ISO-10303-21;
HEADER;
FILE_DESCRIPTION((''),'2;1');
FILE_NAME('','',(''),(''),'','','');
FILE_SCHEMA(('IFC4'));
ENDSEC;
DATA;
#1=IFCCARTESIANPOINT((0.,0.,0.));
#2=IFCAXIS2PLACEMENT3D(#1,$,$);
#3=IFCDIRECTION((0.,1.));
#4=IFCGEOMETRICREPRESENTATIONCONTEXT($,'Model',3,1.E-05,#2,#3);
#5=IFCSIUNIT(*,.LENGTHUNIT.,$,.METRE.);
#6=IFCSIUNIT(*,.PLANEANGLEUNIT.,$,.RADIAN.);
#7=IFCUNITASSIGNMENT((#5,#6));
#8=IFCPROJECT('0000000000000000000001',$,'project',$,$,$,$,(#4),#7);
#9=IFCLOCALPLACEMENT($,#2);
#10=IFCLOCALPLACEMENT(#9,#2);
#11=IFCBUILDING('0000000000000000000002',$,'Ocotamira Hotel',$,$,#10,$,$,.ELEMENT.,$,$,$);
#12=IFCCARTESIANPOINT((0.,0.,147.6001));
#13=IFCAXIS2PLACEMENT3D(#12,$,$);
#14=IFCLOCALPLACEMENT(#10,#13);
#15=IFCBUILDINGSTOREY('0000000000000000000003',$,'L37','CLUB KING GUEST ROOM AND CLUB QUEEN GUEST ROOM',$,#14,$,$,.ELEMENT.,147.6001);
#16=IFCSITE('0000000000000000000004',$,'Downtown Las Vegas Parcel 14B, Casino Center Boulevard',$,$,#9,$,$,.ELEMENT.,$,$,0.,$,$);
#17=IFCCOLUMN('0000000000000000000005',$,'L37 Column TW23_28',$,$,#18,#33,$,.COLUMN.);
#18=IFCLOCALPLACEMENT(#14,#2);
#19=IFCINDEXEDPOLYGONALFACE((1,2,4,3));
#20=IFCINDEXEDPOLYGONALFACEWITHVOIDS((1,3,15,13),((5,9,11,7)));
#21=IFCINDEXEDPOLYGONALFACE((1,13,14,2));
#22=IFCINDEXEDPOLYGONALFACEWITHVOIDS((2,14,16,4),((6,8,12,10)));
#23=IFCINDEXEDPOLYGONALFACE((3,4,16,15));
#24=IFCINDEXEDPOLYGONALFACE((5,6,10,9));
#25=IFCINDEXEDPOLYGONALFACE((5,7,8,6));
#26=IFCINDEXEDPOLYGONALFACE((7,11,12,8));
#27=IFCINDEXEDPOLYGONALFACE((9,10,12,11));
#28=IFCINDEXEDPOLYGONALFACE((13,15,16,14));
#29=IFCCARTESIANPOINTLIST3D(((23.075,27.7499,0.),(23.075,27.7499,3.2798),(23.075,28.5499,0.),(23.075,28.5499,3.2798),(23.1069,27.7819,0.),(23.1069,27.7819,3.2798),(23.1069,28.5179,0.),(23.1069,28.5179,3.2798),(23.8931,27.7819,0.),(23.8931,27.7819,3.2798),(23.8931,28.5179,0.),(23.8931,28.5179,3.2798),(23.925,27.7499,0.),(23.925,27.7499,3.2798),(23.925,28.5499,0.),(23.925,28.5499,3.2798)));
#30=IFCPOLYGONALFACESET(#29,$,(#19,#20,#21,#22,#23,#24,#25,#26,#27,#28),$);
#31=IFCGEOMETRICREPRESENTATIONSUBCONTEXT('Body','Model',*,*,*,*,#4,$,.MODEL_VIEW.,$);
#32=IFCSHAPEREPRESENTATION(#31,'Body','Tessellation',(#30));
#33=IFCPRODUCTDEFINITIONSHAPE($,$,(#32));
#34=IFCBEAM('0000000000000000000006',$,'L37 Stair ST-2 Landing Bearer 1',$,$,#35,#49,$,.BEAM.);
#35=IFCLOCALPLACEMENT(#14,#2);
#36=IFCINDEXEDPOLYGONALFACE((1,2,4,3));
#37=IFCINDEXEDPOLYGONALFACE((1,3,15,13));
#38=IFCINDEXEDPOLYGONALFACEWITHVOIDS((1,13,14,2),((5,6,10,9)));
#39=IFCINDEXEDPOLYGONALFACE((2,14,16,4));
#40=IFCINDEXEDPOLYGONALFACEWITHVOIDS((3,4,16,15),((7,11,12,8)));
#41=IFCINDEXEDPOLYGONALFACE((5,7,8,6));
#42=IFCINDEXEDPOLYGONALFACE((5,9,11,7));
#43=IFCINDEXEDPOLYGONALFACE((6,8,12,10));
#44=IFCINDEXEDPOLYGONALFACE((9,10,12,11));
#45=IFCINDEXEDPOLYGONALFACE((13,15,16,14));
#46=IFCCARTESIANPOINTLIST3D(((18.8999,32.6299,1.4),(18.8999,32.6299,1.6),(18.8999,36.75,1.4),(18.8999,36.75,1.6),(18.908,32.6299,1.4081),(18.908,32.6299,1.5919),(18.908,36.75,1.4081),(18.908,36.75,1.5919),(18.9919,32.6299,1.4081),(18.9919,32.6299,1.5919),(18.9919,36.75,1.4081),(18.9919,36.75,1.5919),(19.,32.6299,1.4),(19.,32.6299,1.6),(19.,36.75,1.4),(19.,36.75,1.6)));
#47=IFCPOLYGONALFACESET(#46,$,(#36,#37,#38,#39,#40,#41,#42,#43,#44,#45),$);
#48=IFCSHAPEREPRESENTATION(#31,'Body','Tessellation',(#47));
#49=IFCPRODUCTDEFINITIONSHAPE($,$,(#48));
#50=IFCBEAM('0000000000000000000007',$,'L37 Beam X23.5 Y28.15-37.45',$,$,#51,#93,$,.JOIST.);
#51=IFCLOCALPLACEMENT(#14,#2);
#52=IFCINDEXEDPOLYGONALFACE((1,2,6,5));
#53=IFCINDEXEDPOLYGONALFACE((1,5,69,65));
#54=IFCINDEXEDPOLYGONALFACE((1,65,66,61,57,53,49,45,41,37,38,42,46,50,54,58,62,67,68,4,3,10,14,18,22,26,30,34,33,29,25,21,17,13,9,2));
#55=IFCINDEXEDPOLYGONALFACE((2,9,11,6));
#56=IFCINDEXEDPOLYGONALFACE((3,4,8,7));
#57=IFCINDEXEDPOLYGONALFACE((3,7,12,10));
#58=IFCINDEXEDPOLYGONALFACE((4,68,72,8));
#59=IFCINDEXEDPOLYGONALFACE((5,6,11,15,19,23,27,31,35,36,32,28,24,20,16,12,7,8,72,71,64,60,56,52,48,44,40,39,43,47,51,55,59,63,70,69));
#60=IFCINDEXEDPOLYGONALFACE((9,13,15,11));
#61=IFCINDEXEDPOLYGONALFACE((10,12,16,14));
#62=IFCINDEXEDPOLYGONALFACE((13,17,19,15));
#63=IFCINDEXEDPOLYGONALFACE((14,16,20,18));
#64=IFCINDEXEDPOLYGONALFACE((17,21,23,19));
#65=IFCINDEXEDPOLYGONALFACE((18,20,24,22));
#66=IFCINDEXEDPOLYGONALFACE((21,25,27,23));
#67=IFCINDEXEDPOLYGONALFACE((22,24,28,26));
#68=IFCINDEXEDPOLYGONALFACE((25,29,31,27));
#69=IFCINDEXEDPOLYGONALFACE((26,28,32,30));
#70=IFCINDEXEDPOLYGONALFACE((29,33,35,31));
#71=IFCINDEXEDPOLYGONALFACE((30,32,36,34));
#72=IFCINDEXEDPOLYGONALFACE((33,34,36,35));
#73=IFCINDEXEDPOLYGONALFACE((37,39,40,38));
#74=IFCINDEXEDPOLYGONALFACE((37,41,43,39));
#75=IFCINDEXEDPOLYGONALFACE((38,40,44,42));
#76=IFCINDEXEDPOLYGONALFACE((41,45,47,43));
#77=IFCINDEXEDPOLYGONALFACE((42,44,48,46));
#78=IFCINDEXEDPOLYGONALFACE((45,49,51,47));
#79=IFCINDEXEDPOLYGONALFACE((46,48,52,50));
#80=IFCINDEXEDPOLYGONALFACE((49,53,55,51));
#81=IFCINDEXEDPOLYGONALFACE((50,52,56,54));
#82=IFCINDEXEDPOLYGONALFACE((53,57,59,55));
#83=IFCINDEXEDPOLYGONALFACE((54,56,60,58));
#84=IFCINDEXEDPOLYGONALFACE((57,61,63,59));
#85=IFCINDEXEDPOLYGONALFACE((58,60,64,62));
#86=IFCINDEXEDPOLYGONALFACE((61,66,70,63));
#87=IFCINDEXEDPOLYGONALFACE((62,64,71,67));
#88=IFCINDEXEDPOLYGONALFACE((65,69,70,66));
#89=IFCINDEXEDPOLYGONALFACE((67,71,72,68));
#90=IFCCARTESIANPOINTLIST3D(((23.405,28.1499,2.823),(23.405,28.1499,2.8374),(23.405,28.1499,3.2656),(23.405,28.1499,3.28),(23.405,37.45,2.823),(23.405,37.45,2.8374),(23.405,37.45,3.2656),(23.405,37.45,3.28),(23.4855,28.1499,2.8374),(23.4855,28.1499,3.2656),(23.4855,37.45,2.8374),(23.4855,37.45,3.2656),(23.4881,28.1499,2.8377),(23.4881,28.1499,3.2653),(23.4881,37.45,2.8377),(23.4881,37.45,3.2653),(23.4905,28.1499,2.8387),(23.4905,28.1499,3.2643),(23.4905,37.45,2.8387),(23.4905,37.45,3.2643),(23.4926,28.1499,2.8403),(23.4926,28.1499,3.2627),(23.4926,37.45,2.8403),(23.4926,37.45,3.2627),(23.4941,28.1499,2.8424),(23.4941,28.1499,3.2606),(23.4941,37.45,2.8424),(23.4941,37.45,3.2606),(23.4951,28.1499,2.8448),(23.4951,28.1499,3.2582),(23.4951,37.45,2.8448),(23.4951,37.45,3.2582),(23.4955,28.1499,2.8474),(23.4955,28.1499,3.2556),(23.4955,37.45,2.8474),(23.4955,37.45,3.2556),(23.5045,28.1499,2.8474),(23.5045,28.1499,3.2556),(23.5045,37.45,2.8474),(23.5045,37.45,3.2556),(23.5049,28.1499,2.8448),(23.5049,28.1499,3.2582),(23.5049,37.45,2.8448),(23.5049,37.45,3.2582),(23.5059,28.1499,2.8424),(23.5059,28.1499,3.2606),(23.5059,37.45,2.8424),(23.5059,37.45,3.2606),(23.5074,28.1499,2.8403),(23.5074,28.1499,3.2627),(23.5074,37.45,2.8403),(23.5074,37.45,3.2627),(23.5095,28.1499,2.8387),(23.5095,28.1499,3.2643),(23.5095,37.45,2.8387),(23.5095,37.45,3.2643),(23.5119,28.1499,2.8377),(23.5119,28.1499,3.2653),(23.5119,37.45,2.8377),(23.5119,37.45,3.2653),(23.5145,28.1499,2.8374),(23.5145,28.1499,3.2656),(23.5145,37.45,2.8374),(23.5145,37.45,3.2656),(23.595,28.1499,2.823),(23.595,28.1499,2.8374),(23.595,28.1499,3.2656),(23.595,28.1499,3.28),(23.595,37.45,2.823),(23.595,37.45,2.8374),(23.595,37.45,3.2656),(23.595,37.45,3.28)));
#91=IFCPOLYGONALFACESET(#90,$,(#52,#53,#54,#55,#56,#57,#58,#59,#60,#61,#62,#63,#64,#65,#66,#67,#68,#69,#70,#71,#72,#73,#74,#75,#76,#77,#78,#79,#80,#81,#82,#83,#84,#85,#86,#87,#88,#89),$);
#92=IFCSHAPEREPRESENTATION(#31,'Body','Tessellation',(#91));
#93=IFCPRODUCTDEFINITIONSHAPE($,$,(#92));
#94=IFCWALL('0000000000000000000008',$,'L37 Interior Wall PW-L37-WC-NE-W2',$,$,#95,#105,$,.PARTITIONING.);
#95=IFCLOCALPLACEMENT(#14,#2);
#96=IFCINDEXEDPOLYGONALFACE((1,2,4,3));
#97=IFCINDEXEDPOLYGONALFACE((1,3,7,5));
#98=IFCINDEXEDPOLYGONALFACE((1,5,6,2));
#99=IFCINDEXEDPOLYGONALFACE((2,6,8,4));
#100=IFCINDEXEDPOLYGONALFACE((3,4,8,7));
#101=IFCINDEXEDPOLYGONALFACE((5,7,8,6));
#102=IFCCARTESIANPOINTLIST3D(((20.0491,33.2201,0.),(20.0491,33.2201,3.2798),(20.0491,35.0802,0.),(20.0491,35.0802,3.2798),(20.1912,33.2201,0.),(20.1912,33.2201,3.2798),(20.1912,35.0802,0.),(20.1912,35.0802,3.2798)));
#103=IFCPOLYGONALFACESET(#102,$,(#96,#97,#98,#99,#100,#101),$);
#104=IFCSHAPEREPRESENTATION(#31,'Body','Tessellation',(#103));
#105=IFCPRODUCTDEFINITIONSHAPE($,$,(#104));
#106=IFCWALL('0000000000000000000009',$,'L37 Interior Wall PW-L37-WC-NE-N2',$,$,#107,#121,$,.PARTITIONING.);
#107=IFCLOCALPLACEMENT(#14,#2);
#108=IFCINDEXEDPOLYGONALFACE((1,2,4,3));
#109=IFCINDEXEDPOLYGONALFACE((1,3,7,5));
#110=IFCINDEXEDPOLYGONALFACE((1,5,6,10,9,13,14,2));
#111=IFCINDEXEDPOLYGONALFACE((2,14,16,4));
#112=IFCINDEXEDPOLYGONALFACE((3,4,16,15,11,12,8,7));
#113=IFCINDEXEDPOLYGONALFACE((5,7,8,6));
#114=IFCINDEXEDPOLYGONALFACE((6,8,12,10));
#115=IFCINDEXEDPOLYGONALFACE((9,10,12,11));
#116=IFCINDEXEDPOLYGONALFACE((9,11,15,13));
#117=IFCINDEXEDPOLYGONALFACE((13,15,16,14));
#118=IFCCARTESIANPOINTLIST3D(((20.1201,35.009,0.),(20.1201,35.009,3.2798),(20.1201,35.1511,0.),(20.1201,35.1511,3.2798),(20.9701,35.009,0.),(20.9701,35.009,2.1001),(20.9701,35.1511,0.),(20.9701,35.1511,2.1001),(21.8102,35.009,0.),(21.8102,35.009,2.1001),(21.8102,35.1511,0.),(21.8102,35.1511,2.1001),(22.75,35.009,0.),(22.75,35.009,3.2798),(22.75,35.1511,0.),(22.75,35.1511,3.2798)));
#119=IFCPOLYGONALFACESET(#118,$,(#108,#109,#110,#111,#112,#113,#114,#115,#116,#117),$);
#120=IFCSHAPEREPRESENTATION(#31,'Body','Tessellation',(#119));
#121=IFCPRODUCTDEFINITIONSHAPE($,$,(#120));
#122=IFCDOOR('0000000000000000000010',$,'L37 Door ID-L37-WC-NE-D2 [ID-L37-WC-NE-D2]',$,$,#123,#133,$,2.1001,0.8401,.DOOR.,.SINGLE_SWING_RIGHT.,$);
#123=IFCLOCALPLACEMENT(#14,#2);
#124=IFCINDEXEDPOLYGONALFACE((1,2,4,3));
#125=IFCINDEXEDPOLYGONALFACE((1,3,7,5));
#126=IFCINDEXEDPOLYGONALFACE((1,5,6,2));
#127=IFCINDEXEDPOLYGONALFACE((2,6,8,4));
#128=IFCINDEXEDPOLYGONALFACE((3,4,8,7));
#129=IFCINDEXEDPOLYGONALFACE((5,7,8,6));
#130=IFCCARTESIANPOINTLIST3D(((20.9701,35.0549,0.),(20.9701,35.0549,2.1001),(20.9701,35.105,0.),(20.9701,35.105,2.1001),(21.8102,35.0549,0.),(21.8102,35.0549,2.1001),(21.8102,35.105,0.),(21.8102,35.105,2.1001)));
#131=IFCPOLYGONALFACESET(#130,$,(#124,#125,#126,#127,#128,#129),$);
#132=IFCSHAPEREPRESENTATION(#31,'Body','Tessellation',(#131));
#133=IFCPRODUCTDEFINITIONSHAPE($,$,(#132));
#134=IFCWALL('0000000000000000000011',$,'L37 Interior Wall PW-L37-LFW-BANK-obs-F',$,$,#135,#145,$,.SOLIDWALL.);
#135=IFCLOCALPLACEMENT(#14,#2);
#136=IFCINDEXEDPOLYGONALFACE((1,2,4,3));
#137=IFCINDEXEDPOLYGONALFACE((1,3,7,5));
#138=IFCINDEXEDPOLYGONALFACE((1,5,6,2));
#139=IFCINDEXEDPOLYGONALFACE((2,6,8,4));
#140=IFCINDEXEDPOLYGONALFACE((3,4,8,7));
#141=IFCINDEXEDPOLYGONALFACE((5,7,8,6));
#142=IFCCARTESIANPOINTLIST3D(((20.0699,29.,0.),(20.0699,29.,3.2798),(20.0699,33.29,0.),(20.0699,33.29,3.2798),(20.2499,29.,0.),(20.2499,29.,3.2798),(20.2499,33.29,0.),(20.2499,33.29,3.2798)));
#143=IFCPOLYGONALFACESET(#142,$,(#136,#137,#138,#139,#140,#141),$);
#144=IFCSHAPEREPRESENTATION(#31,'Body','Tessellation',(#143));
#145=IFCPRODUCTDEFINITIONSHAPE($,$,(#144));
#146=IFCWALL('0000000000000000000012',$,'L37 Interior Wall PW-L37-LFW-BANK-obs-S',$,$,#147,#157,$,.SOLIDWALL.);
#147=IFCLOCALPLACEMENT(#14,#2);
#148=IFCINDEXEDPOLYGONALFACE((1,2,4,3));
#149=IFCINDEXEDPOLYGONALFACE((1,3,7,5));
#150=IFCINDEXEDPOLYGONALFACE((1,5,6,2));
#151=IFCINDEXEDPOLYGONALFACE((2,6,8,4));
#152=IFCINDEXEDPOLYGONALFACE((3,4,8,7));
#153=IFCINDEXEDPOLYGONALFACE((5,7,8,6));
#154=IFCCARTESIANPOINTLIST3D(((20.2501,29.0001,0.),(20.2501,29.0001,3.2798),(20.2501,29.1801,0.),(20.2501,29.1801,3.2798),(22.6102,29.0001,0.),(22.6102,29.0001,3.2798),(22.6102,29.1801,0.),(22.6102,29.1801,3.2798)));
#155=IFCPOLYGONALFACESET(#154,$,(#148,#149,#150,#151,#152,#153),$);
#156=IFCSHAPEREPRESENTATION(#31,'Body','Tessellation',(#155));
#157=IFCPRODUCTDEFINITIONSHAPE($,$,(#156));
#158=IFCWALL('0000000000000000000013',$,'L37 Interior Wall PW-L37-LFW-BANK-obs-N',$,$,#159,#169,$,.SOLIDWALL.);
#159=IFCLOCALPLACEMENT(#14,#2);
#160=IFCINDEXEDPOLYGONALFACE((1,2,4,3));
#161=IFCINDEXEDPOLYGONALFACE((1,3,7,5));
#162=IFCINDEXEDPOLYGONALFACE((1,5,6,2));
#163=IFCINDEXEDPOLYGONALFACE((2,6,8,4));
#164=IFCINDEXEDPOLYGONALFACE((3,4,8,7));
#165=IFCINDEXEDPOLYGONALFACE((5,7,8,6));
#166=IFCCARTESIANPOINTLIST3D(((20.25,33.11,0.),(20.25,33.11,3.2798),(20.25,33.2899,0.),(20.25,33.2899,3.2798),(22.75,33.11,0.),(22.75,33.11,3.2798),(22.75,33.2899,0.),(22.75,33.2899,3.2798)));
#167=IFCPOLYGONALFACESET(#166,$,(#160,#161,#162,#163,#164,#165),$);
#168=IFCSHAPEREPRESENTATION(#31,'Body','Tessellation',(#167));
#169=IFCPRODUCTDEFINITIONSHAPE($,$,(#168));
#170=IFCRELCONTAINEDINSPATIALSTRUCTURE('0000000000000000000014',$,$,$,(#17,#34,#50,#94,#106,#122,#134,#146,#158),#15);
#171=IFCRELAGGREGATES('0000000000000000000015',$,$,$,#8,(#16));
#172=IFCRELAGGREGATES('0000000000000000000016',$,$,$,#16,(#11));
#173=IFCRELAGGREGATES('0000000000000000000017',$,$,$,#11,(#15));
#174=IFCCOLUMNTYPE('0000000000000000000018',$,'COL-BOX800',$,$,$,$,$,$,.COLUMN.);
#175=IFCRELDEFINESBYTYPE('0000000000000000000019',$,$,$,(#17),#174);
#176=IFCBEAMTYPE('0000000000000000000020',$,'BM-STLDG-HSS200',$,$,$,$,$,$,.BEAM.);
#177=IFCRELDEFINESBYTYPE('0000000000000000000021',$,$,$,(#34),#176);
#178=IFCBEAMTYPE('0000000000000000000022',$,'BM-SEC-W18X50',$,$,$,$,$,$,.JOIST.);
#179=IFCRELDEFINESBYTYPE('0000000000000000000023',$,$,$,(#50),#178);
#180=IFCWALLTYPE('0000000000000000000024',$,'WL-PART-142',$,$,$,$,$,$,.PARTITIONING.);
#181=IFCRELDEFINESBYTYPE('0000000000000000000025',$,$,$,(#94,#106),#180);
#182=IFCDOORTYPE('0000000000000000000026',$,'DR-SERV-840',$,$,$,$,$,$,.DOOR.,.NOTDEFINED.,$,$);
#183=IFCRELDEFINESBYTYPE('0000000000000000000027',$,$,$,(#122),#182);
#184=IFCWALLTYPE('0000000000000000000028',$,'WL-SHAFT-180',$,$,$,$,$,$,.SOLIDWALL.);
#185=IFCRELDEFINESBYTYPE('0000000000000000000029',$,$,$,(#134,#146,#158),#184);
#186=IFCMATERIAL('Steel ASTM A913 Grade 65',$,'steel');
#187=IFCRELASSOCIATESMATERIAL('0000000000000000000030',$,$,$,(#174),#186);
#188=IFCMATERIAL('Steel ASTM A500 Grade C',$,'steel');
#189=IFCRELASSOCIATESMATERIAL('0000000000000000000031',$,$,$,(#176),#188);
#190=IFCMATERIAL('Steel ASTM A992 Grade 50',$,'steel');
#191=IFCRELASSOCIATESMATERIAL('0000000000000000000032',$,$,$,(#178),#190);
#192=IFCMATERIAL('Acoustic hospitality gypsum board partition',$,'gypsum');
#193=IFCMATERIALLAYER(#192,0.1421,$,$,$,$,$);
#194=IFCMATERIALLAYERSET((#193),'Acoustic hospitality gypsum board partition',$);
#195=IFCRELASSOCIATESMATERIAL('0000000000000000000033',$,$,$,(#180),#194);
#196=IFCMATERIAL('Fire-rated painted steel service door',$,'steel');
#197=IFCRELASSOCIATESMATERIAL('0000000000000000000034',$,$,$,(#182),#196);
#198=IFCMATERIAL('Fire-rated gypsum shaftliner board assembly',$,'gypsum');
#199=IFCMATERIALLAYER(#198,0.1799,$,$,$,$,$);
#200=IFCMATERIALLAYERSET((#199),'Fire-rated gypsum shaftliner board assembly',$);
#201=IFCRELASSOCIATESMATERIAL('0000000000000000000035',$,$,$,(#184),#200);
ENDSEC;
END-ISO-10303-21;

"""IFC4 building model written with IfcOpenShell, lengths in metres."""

from ifc_helpers import new_model, si_unit, direction, frame, frame_2d, origin, origin_2d, place, context, subcontext, project, spatial, rectangle, hollow_rectangle, i_section, extrude, source, transform, mapped, material, layer, layer_set, material_profile, profile_set, type_object, element, fill, save


model = new_model("IFC4")

# Units and contexts
model_context = context("Model", 3, precision=1e-05, world=origin(), true_north=direction((0.0, 1.0)))
body_context = subcontext(model_context, "Body", "Model", "MODEL_VIEW")
ifc_project = project(units=[si_unit("LENGTHUNIT", "METRE"), si_unit("PLANEANGLEUNIT", "RADIAN")], contexts=[model_context])

# Site, building, storey
site_placement = place(None, origin())
site = spatial("IfcSite", under=ifc_project, at=site_placement, Name="Downtown Las Vegas Parcel 14B, Casino Center Boulevard", CompositionType="ELEMENT", RefElevation=0.0)
building_placement = place(site_placement, origin())
building = spatial("IfcBuilding", under=site, at=building_placement, Name="Ocotamira Hotel", CompositionType="ELEMENT")
storey_placement = place(building_placement, frame((0.0, 0.0, 147.6001)))
storey = spatial("IfcBuildingStorey", under=building, at=storey_placement, Name="L37", Description="CLUB KING GUEST ROOM AND CLUB QUEEN GUEST ROOM", CompositionType="ELEMENT", Elevation=147.6001)

# Column
ifc_material_1 = material(Name="Steel ASTM A913 Grade 65", Category="steel")
ifc_material_profile_1 = material_profile(ifc_material_1, hollow_rectangle(XDim=0.8501, YDim=0.8, WallThickness=0.032, at=origin_2d()), Name="BOX800X850X32")
ifc_profile_set_1 = profile_set([ifc_material_profile_1], Name="Steel ASTM A913 Grade 65")
column_type = type_object("IfcColumnType", Name="COL-BOX800", PredefinedType="COLUMN", material=ifc_profile_set_1)
shared_shape_1 = source(origin(), body_context, "Body", "SweptSolid", [
    extrude(hollow_rectangle(XDim=0.8501, YDim=0.8, WallThickness=0.032, at=origin_2d()), origin(), (0.0, 0.0, 1.0), 3.2798),
])
column_placement = place(storey_placement, frame((23.5, 28.1499, 0.0), z_axis=(0.0, 0.0, 1.0), x_axis=(1.0, 0.0, 0.0)))
element("IfcColumn", 1, at=column_placement, inside=storey, type_object=column_type, Name="L37 Column TW23_28", PredefinedType="COLUMN", context=body_context, shape_type="MappedRepresentation", body=[
    mapped(shared_shape_1, transform((0.0, 0.0, 0.0), scale=1.0)),
])

# Beams
ifc_material_2 = material(Name="Steel ASTM A500 Grade C", Category="steel")
ifc_material_profile_2 = material_profile(ifc_material_2, hollow_rectangle(XDim=0.1001, YDim=0.2, WallThickness=0.0081, at=origin_2d()), Name="HSS200X100X8")
ifc_profile_set_2 = profile_set([ifc_material_profile_2], Name="Steel ASTM A500 Grade C")
beam_type_1 = type_object("IfcBeamType", Name="BM-STLDG-HSS200", PredefinedType="BEAM", material=ifc_profile_set_2)
shared_shape_2 = source(origin(), body_context, "Body", "SweptSolid", [
    extrude(hollow_rectangle(XDim=0.1001, YDim=0.2, WallThickness=0.0081, at=origin_2d()), origin(), (0.0, 0.0, 1.0), 4.1201),
])
beam_1_placement = place(storey_placement, frame((18.95, 32.6299, 1.5), z_axis=(0.0, 1.0, 0.0), x_axis=(-1.0, 0.0, 0.0)))
element("IfcBeam", 2, at=beam_1_placement, inside=storey, type_object=beam_type_1, Name="L37 Stair ST-2 Landing Bearer 1", PredefinedType="BEAM", context=body_context, shape_type="MappedRepresentation", body=[
    mapped(shared_shape_2, transform((0.0, 0.0, 0.0), scale=1.0)),
])
ifc_material_3 = material(Name="Steel ASTM A992 Grade 50", Category="steel")
ifc_material_profile_3 = material_profile(ifc_material_3, i_section(OverallWidth=0.1899, OverallDepth=0.457, WebThickness=0.009, FlangeThickness=0.0144, FilletRadius=0.01, at=origin_2d()), Name="W18X50")
ifc_profile_set_3 = profile_set([ifc_material_profile_3], Name="Steel ASTM A992 Grade 50")
beam_type_2 = type_object("IfcBeamType", Name="BM-SEC-W18X50", PredefinedType="JOIST", material=ifc_profile_set_3)
shared_shape_3 = source(origin(), body_context, "Body", "SweptSolid", [
    extrude(i_section(OverallWidth=0.1899, OverallDepth=0.457, WebThickness=0.009, FlangeThickness=0.0144, FilletRadius=0.01, at=origin_2d()), origin(), (0.0, 0.0, 1.0), 9.3),
])
beam_2_placement = place(storey_placement, frame((23.5, 28.1499, 3.0515), z_axis=(0.0, 1.0, 0.0), x_axis=(-1.0, 0.0, 0.0)))
element("IfcBeam", 3, at=beam_2_placement, inside=storey, type_object=beam_type_2, Name="L37 Beam X23.5 Y28.15-37.45", PredefinedType="JOIST", context=body_context, shape_type="MappedRepresentation", body=[
    mapped(shared_shape_3, transform((0.0, 0.0, 0.0), scale=1.0)),
])

# Wall
ifc_material_4 = material(Name="Acoustic hospitality gypsum board partition", Category="gypsum")
ifc_layer_1 = layer(ifc_material_4, 0.1421)
ifc_layer_set_1 = layer_set([ifc_layer_1], Name="Acoustic hospitality gypsum board partition")
wall_type_1 = type_object("IfcWallType", Name="WL-PART-142", PredefinedType="PARTITIONING", material=ifc_layer_set_1)
wall_1_placement = place(storey_placement, frame((20.1201, 33.22, 0.0), z_axis=(0.0, 0.0, 1.0), x_axis=(0.0, 1.0, 0.0)))
element("IfcWall", 4, at=wall_1_placement, inside=storey, type_object=wall_type_1, Name="L37 Interior Wall PW-L37-WC-NE-W2", PredefinedType="PARTITIONING", context=body_context, shape_type="SweptSolid", body=[
    extrude(rectangle(XDim=1.8601, YDim=0.1421, at=frame_2d((0.9302, 0.0))), origin(), (0.0, 0.0, 1.0), 3.2798),
])

# Wall, opening, door
wall_2_placement = place(storey_placement, frame((20.1201, 35.0801, 0.0), z_axis=(0.0, 0.0, 1.0), x_axis=(1.0, 0.0, 0.0)))
wall_2 = element("IfcWall", 5, at=wall_2_placement, inside=storey, type_object=wall_type_1, Name="L37 Interior Wall PW-L37-WC-NE-N2", PredefinedType="PARTITIONING", context=body_context, shape_type="SweptSolid", body=[
    extrude(rectangle(XDim=2.6299, YDim=0.1421, at=frame_2d((1.3149, 0.0))), origin(), (0.0, 0.0, 1.0), 3.2798),
])
opening_1_placement = place(wall_2_placement, frame((0.8501, 0.0, 0.0)))
opening_1 = element("IfcOpeningElement", 6, at=opening_1_placement, cuts=wall_2, PredefinedType="OPENING", context=body_context, shape_type="SweptSolid", body=[
    extrude(rectangle(XDim=0.8401, YDim=2.1001, at=frame_2d((0.4199, 1.05))), frame((0.0, 0.0811, 0.0), z_axis=(0.0, -1.0, 0.0), x_axis=(1.0, 0.0, 0.0)), (0.0, 0.0, 1.0), 0.1621),
])
ifc_material_5 = material(Name="Fire-rated painted steel service door", Category="steel")
door_type_1 = type_object("IfcDoorType", Name="DR-SERV-840", OperationType="NOTDEFINED", PredefinedType="DOOR", material=ifc_material_5)
shared_shape_4 = source(origin(), body_context, "Body", "SweptSolid", [
    extrude(rectangle(XDim=0.8401, YDim=2.1001, at=frame_2d((0.4199, 1.05))), frame((0.0, 0.0249, 0.0), z_axis=(0.0, -1.0, 0.0), x_axis=(1.0, 0.0, 0.0)), (0.0, 0.0, 1.0), 0.05),
])
door_1_placement = place(opening_1_placement, origin())
door_1 = element("IfcDoor", 7, at=door_1_placement, inside=storey, type_object=door_type_1, Name="L37 Door ID-L37-WC-NE-D2 [ID-L37-WC-NE-D2]", OperationType="SINGLE_SWING_RIGHT", OverallHeight=2.1001, OverallWidth=0.8401, PredefinedType="DOOR", context=body_context, shape_type="MappedRepresentation", body=[
    mapped(shared_shape_4, transform((0.0, 0.0, 0.0), scale=1.0)),
])
fill(opening_1, door_1)

# Walls
ifc_material_6 = material(Name="Fire-rated gypsum shaftliner board assembly", Category="gypsum")
ifc_layer_2 = layer(ifc_material_6, 0.1799)
ifc_layer_set_2 = layer_set([ifc_layer_2], Name="Fire-rated gypsum shaftliner board assembly")
wall_type_2 = type_object("IfcWallType", Name="WL-SHAFT-180", PredefinedType="SOLIDWALL", material=ifc_layer_set_2)
wall_3_placement = place(storey_placement, frame((20.1599, 29.0, 0.0), z_axis=(0.0, 0.0, 1.0), x_axis=(0.0, 1.0, 0.0)))
element("IfcWall", 8, at=wall_3_placement, inside=storey, type_object=wall_type_2, Name="L37 Interior Wall PW-L37-LFW-BANK-obs-F", PredefinedType="SOLIDWALL", context=body_context, shape_type="SweptSolid", body=[
    extrude(rectangle(XDim=4.29, YDim=0.1799, at=frame_2d((2.145, 0.0))), origin(), (0.0, 0.0, 1.0), 3.2798),
])
wall_4_placement = place(storey_placement, frame((20.25, 29.0901, 0.0), z_axis=(0.0, 0.0, 1.0), x_axis=(1.0, 0.0, 0.0)))
element("IfcWall", 9, at=wall_4_placement, inside=storey, type_object=wall_type_2, Name="L37 Interior Wall PW-L37-LFW-BANK-obs-S", PredefinedType="SOLIDWALL", context=body_context, shape_type="SweptSolid", body=[
    extrude(rectangle(XDim=2.3601, YDim=0.1799, at=frame_2d((1.1802, 0.0))), origin(), (0.0, 0.0, 1.0), 3.2798),
])
wall_5_placement = place(storey_placement, frame((20.25, 33.2, 0.0), z_axis=(0.0, 0.0, 1.0), x_axis=(1.0, 0.0, 0.0)))
element("IfcWall", 10, at=wall_5_placement, inside=storey, type_object=wall_type_2, Name="L37 Interior Wall PW-L37-LFW-BANK-obs-N", PredefinedType="SOLIDWALL", context=body_context, shape_type="SweptSolid", body=[
    extrude(rectangle(XDim=2.5, YDim=0.1799, at=frame_2d((1.25, 0.0))), origin(), (0.0, 0.0, 1.0), 3.2798),
])

save(model, "model.ifc")
